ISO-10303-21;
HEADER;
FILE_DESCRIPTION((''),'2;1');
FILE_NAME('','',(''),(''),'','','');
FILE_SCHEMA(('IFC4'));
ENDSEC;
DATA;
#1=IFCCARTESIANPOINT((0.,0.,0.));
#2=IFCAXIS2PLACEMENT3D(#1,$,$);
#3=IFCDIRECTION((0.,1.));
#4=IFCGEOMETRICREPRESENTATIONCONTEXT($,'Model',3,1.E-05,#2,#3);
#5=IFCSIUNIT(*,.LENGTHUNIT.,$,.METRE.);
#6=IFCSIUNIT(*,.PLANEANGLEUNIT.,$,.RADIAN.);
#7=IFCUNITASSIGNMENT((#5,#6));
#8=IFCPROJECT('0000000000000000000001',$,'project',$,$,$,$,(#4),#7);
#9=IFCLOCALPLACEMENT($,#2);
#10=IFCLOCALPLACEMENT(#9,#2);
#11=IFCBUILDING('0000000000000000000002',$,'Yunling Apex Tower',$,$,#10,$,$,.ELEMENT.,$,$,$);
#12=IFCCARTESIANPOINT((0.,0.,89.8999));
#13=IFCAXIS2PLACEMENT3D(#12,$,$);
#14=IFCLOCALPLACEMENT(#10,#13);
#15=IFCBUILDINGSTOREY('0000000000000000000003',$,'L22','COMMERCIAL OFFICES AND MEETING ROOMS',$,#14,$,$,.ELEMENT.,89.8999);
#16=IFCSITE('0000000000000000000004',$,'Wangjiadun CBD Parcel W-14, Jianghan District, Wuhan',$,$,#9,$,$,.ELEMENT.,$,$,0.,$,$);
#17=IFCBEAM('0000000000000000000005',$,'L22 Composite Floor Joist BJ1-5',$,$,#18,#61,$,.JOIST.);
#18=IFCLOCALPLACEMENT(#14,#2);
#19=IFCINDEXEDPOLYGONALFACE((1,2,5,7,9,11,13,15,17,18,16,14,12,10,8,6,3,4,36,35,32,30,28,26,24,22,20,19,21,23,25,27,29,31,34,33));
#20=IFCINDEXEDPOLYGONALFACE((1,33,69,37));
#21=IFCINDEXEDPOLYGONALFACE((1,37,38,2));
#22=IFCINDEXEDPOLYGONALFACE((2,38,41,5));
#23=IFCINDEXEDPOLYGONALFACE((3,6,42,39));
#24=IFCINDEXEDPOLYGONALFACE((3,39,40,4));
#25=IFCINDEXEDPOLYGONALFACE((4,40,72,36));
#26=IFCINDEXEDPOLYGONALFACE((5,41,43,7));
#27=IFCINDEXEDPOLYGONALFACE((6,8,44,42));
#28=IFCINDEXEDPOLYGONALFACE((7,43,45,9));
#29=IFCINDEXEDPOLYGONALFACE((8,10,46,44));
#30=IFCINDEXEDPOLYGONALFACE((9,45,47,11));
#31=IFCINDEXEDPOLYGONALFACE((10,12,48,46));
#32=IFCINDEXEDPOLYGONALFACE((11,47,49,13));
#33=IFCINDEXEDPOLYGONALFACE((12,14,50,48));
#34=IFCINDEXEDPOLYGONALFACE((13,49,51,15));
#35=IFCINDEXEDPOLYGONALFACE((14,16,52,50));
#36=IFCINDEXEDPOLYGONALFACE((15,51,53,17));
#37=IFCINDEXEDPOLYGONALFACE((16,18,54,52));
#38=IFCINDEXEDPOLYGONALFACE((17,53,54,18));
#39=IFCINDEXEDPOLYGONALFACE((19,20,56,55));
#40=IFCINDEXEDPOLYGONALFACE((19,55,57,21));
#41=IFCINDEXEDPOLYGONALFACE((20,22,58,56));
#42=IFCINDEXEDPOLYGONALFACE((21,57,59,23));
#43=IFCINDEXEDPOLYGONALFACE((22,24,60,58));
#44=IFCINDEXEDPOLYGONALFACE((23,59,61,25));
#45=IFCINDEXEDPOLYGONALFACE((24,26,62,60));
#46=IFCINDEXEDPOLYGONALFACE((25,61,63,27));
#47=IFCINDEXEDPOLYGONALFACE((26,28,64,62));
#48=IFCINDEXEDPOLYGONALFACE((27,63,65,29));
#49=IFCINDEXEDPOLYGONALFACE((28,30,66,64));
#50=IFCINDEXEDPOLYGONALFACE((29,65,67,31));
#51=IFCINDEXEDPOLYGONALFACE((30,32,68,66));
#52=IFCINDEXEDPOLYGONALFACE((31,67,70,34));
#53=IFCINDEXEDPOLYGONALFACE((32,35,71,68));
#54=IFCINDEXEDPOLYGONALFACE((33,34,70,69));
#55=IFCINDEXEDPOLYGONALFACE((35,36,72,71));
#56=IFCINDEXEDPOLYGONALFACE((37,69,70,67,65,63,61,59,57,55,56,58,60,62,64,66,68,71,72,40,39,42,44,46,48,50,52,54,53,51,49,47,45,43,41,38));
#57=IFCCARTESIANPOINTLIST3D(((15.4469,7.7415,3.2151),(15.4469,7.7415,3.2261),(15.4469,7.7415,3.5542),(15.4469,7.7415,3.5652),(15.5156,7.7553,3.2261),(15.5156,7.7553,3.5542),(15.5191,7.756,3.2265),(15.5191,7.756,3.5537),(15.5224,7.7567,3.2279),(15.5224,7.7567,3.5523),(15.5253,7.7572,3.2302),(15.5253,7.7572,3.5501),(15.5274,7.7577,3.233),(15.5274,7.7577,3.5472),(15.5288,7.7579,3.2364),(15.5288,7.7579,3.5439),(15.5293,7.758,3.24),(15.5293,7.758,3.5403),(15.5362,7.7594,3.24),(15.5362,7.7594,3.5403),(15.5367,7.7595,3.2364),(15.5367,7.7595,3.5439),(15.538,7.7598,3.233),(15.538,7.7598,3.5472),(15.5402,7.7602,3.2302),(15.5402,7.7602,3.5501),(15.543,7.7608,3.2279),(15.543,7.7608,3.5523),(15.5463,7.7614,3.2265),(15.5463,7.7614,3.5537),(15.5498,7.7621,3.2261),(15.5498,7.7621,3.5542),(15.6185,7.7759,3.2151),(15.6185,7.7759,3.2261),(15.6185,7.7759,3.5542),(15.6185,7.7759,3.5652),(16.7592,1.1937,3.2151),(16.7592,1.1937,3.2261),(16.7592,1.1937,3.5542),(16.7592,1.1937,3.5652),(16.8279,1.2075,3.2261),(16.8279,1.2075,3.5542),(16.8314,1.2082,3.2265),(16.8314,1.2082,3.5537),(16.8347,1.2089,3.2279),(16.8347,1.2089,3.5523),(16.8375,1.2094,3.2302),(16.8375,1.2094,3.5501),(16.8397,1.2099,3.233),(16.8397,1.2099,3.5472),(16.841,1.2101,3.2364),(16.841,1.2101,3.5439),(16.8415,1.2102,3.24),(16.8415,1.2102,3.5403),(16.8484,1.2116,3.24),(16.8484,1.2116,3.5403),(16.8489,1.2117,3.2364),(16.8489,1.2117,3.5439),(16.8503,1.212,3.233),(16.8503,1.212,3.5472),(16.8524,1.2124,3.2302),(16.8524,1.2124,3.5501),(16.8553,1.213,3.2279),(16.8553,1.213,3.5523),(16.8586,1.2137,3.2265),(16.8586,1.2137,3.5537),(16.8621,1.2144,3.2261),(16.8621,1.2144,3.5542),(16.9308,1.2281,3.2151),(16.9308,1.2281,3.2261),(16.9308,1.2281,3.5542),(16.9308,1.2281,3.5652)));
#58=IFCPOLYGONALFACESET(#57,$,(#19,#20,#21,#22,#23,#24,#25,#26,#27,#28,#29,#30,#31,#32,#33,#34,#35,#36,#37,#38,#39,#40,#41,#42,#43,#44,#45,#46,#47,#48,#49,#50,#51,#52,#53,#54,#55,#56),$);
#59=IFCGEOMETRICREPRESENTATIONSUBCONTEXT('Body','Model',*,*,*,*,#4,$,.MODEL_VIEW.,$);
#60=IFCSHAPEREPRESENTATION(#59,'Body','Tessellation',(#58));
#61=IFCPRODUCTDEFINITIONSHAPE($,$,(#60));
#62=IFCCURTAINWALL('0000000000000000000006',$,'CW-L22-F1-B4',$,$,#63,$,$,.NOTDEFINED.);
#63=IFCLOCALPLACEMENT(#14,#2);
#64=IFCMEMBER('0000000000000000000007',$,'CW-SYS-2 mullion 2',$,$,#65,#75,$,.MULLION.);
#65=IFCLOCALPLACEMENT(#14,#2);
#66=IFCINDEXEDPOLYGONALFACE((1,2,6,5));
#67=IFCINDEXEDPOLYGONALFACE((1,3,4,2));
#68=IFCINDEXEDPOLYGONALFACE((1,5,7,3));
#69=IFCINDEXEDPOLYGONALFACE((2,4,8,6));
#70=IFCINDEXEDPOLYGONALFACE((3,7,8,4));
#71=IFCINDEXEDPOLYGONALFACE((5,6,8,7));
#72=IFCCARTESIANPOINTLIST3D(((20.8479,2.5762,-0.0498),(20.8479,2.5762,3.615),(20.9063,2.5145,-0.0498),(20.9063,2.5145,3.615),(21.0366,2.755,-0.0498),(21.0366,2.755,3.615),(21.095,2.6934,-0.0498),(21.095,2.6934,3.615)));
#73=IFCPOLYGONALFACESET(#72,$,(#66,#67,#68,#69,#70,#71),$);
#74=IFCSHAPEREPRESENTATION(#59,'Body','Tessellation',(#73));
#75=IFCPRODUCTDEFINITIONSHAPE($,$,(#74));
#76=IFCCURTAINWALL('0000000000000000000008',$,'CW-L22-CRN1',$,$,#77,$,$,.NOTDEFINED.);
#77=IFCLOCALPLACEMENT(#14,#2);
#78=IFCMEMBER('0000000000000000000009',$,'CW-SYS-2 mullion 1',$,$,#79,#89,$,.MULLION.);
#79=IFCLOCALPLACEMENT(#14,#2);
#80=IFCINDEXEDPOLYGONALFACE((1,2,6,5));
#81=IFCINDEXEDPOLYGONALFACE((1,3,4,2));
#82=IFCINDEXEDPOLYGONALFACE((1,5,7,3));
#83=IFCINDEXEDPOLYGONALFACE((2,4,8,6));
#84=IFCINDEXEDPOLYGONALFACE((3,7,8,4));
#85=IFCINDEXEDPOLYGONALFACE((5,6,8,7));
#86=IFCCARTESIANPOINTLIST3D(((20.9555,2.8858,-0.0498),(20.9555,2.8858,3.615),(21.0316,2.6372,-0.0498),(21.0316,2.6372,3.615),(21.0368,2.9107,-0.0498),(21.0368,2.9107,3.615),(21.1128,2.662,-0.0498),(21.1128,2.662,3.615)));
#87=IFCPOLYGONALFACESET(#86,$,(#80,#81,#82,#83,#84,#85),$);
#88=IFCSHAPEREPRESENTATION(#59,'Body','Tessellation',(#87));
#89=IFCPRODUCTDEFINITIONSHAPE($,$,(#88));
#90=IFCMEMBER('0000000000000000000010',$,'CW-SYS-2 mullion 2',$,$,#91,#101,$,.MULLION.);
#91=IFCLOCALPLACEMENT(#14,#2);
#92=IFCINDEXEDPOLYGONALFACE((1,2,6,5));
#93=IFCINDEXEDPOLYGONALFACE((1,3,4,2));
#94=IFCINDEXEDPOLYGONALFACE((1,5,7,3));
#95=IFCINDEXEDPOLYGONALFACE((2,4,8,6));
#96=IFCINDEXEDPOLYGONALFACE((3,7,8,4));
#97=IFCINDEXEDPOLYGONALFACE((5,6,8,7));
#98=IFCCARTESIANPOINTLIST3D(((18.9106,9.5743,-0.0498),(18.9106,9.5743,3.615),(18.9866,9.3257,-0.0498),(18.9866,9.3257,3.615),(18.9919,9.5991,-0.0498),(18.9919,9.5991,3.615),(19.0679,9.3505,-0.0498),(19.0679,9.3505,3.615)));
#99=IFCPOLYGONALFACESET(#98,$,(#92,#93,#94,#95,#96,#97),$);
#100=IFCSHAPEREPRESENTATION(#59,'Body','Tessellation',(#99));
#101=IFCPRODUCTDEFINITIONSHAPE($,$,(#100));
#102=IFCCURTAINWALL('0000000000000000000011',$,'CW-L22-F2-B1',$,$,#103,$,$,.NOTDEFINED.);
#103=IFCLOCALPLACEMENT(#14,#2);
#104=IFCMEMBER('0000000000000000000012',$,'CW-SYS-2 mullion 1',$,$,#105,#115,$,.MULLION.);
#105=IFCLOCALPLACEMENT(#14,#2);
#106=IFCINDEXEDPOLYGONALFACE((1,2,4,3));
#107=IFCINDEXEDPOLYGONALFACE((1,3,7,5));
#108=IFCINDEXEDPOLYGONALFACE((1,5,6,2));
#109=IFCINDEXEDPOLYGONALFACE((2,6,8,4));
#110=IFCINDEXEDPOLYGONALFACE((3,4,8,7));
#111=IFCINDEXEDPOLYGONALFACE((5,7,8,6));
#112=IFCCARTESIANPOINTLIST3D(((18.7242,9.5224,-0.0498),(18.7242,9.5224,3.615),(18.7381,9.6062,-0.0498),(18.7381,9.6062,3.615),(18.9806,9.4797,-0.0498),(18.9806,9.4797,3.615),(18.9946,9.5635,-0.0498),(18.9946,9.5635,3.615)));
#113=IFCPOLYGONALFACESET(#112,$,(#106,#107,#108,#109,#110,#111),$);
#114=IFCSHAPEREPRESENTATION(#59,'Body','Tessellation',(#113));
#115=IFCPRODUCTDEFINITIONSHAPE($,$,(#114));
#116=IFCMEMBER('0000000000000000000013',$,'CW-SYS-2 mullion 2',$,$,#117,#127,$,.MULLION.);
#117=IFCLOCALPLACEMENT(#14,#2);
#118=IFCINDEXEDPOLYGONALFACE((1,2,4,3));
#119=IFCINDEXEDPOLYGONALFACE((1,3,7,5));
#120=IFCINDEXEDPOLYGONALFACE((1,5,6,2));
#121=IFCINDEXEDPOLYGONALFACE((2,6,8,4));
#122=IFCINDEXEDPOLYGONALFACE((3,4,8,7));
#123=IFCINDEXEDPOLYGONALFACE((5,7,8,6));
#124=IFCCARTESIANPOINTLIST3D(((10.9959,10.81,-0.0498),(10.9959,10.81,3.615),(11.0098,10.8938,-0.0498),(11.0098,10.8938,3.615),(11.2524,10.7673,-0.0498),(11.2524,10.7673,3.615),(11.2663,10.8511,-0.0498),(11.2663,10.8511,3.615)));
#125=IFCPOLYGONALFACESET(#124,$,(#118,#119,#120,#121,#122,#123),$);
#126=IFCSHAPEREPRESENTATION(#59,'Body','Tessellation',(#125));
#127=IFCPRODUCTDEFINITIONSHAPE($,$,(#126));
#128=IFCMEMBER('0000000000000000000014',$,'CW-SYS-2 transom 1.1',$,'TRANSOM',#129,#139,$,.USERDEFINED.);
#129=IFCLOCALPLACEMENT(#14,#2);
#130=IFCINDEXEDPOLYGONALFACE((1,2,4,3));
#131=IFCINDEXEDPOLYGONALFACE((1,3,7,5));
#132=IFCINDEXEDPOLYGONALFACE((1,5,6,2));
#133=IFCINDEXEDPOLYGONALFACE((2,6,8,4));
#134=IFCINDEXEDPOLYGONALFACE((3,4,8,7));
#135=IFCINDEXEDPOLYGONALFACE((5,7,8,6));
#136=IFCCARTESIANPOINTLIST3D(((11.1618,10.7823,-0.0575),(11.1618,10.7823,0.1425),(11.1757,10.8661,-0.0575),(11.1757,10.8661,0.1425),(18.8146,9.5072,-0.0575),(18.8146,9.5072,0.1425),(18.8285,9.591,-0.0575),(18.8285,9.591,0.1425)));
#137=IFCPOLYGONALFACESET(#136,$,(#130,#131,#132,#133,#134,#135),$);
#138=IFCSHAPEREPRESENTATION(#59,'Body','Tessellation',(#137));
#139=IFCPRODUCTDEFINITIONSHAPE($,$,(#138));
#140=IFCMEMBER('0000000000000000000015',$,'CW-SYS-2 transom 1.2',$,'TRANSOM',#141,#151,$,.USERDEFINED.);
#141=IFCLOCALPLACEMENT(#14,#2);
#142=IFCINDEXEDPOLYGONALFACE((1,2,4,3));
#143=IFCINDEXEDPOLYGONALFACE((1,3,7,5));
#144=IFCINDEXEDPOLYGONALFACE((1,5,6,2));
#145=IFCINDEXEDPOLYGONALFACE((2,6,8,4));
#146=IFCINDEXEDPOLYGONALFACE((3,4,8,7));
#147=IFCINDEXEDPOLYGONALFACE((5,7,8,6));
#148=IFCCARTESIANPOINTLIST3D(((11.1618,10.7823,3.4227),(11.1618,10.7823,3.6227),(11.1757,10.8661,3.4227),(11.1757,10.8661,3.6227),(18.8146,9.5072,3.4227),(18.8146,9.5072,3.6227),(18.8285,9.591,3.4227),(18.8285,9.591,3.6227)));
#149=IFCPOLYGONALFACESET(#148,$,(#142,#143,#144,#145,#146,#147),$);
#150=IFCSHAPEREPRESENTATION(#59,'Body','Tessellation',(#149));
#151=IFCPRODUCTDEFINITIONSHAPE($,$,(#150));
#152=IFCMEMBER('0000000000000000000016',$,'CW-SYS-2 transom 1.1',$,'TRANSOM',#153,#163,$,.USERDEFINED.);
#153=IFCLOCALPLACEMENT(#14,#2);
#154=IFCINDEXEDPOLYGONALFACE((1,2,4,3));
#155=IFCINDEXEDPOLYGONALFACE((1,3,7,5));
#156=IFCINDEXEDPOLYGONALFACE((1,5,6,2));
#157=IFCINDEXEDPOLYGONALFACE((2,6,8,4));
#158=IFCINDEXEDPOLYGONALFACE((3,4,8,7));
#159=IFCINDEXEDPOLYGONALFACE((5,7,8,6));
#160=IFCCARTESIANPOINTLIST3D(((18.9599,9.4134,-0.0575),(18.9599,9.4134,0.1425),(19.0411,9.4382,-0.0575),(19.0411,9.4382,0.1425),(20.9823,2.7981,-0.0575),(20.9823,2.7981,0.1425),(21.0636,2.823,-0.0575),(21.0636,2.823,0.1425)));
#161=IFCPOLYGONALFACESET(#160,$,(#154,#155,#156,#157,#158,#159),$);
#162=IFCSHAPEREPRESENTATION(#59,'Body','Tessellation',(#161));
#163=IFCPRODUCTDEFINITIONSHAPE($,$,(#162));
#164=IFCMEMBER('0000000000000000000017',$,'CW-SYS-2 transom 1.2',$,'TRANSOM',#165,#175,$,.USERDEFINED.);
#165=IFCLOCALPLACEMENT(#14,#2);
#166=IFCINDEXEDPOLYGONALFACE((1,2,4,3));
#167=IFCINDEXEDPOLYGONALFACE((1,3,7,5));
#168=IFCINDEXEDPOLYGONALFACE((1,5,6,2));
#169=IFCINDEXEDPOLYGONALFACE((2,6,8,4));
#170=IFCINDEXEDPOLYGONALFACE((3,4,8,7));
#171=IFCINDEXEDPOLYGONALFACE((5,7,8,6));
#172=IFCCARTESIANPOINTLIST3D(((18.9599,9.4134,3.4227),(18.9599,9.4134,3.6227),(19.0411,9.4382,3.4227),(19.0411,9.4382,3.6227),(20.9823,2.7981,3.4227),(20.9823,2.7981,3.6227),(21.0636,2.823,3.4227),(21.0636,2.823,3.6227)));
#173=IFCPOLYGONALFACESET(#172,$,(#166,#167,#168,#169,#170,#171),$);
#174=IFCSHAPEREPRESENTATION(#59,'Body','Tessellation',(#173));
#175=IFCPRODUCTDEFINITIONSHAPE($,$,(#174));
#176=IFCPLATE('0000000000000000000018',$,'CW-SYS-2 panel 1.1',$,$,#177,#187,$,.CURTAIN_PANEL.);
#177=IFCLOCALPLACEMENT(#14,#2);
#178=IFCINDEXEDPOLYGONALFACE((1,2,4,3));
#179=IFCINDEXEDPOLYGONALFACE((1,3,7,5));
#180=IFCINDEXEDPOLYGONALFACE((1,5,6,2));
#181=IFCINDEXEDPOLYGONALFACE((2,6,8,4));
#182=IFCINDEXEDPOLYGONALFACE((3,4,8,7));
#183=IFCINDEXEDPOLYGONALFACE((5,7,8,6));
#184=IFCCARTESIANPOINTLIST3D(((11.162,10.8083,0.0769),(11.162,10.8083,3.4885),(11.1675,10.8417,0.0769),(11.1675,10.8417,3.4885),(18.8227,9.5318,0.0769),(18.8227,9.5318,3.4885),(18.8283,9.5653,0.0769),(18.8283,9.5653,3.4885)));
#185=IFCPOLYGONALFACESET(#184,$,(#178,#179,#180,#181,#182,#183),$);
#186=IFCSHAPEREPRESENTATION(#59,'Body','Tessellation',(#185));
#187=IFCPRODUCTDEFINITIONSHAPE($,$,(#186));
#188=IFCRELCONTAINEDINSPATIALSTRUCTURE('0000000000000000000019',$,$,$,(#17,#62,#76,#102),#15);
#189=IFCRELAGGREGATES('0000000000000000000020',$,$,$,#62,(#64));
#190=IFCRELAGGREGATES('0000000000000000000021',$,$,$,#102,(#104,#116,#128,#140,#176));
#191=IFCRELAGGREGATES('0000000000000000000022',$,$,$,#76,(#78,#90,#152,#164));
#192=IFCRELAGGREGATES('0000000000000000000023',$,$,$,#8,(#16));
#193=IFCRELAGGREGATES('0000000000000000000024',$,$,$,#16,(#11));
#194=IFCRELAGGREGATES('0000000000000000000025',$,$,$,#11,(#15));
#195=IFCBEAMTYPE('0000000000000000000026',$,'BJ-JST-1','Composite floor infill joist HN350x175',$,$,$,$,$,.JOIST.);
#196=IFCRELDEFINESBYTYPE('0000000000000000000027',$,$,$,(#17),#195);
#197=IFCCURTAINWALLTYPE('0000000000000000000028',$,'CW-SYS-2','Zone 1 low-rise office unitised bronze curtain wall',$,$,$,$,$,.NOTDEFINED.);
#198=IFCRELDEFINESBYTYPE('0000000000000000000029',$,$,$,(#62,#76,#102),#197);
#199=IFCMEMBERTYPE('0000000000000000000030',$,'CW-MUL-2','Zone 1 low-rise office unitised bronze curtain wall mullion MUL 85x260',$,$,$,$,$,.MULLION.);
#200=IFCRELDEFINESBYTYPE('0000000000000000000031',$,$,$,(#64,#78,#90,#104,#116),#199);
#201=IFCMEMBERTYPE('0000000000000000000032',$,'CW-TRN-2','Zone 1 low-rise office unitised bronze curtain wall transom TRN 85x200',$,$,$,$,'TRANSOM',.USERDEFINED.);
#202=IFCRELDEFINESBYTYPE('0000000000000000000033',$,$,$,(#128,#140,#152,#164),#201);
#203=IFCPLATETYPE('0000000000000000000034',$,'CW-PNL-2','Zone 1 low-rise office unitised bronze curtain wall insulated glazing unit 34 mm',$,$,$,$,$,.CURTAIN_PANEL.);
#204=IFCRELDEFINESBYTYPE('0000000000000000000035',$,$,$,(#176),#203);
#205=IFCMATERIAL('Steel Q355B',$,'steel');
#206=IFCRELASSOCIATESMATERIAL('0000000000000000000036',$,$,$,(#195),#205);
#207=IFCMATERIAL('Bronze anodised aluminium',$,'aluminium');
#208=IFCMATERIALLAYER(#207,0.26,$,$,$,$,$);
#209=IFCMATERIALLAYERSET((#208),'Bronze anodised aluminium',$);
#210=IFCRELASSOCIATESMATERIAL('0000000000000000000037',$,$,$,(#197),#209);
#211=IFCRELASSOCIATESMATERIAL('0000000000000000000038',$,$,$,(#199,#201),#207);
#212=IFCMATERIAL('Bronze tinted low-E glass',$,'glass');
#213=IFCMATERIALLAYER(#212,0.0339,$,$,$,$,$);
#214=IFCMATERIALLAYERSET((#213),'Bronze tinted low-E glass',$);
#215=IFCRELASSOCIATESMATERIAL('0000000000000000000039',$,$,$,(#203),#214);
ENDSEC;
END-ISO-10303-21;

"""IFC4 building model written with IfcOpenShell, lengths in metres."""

from ifc_helpers import new_model, si_unit, direction, frame, origin, origin_2d, place, context, subcontext, project, spatial, rectangle, i_section, extrude, source, transform, mapped, material, layer, layer_set, material_profile, profile_set, type_object, element, aggregate, save


model = new_model("IFC4")

# Units and contexts
model_context = context("Model", 3, precision=1e-05, world=origin(), true_north=direction((0.0, 1.0)))
body_context = subcontext(model_context, "Body", "Model", "MODEL_VIEW")
ifc_project = project(units=[si_unit("LENGTHUNIT", "METRE"), si_unit("PLANEANGLEUNIT", "RADIAN")], contexts=[model_context])

# Site, building, storey
site_placement = place(None, origin())
site = spatial("IfcSite", under=ifc_project, at=site_placement, Name="Wangjiadun CBD Parcel W-14, Jianghan District, Wuhan", CompositionType="ELEMENT", RefElevation=0.0)
building_placement = place(site_placement, origin())
building = spatial("IfcBuilding", under=site, at=building_placement, Name="Yunling Apex Tower", CompositionType="ELEMENT")
storey_placement = place(building_placement, frame((0.0, 0.0, 89.8999)))
storey = spatial("IfcBuildingStorey", under=building, at=storey_placement, Name="L22", Description="COMMERCIAL OFFICES AND MEETING ROOMS", CompositionType="ELEMENT", Elevation=89.8999)

# Beam
ifc_material_1 = material(Name="Steel Q355B", Category="steel")
ifc_material_profile_1 = material_profile(ifc_material_1, i_section(OverallWidth=0.175, OverallDepth=0.3501, WebThickness=0.0071, FlangeThickness=0.011, FilletRadius=0.0139, at=origin_2d()))
ifc_profile_set_1 = profile_set([ifc_material_profile_1], Name="Steel Q355B")
beam_type_1 = type_object("IfcBeamType", Name="BJ-JST-1", Description="Composite floor infill joist HN350x175", PredefinedType="JOIST", material=ifc_profile_set_1)
shared_shape_1 = source(origin(), body_context, "Body", "SweptSolid", [
    extrude(i_section(OverallWidth=0.175, OverallDepth=0.3501, WebThickness=0.0071, FlangeThickness=0.011, FilletRadius=0.0139, at=origin_2d()), origin(), (0.0, 0.0, 1.0), 6.678),
])
beam_1_placement = place(storey_placement, frame((16.845, 1.2109, 3.3901), z_axis=(-0.196503, 0.980503, 0.0), x_axis=(-0.980503, -0.196503, 0.0)))
element("IfcBeam", 1, at=beam_1_placement, inside=storey, type_object=beam_type_1, Name="L22 Composite Floor Joist BJ1-5", PredefinedType="JOIST", context=body_context, shape_type="MappedRepresentation", body=[
    mapped(shared_shape_1, transform((0.0, 0.0, 0.0), scale=1.0)),
])

# Curtain wall, member
ifc_material_2 = material(Name="Bronze anodised aluminium", Category="aluminium")
ifc_layer_1 = layer(ifc_material_2, 0.26)
ifc_layer_set_1 = layer_set([ifc_layer_1], Name="Bronze anodised aluminium")
curtain_wall_type = type_object("IfcCurtainWallType", Name="CW-SYS-2", Description="Zone 1 low-rise office unitised bronze curtain wall", PredefinedType="NOTDEFINED", material=ifc_layer_set_1)
curtain_wall_1_placement = place(storey_placement, origin())
curtain_wall_1 = element("IfcCurtainWall", 2, at=curtain_wall_1_placement, inside=storey, type_object=curtain_wall_type, Name="CW-L22-F1-B4", PredefinedType="NOTDEFINED")
ifc_material_profile_2 = material_profile(ifc_material_2, rectangle(XDim=0.085, YDim=0.26, at=origin_2d()))
ifc_profile_set_2 = profile_set([ifc_material_profile_2], Name="Bronze anodised aluminium")
member_type_1 = type_object("IfcMemberType", Name="CW-MUL-2", Description="Zone 1 low-rise office unitised bronze curtain wall mullion MUL 85x260", PredefinedType="MULLION", material=ifc_profile_set_2)
shared_shape_2 = source(origin(), body_context, "Body", "SweptSolid", [
    extrude(rectangle(XDim=0.085, YDim=0.26, at=origin_2d()), origin(), (0.0, 0.0, 1.0), 3.6648),
])
member_1_placement = place(storey_placement, frame((20.9714, 2.6348, -0.0498), z_axis=(0.0, 0.0, 1.0), x_axis=(-0.687861, 0.725842, 0.0)))
member_1 = element("IfcMember", 3, at=member_1_placement, type_object=member_type_1, Name="CW-SYS-2 mullion 2", PredefinedType="MULLION", context=body_context, shape_type="MappedRepresentation", body=[
    mapped(shared_shape_2, transform((0.0, 0.0, 0.0), scale=1.0)),
])
aggregate(curtain_wall_1, [member_1])

# Curtain walls, members
curtain_wall_2_placement = place(storey_placement, origin())
curtain_wall_2 = element("IfcCurtainWall", 4, at=curtain_wall_2_placement, inside=storey, type_object=curtain_wall_type, Name="CW-L22-CRN1", PredefinedType="NOTDEFINED")
member_2_placement = place(storey_placement, frame((21.0342, 2.7739, -0.0498), z_axis=(0.0, 0.0, 1.0), x_axis=(-0.956304, -0.292375, 0.0)))
member_2 = element("IfcMember", 5, at=member_2_placement, type_object=member_type_1, Name="CW-SYS-2 mullion 1", PredefinedType="MULLION", context=body_context, shape_type="MappedRepresentation", body=[
    mapped(shared_shape_2, transform((0.0, 0.0, 0.0), scale=1.0)),
])
member_3_placement = place(storey_placement, frame((18.9893, 9.4624, -0.0498), z_axis=(0.0, 0.0, 1.0), x_axis=(-0.956304, -0.292375, 0.0)))
member_3 = element("IfcMember", 6, at=member_3_placement, type_object=member_type_1, Name="CW-SYS-2 mullion 2", PredefinedType="MULLION", context=body_context, shape_type="MappedRepresentation", body=[
    mapped(shared_shape_2, transform((0.0, 0.0, 0.0), scale=1.0)),
])
curtain_wall_3_placement = place(storey_placement, origin())
curtain_wall_3 = element("IfcCurtainWall", 7, at=curtain_wall_3_placement, inside=storey, type_object=curtain_wall_type, Name="CW-L22-F2-B1", PredefinedType="NOTDEFINED")
member_4_placement = place(storey_placement, frame((18.8594, 9.543, -0.0498), z_axis=(0.0, 0.0, 1.0), x_axis=(-0.16436, -0.9864, 0.0)))
member_4 = element("IfcMember", 8, at=member_4_placement, type_object=member_type_1, Name="CW-SYS-2 mullion 1", PredefinedType="MULLION", context=body_context, shape_type="MappedRepresentation", body=[
    mapped(shared_shape_2, transform((0.0, 0.0, 0.0), scale=1.0)),
])
member_5_placement = place(storey_placement, frame((11.1311, 10.8306, -0.0498), z_axis=(0.0, 0.0, 1.0), x_axis=(-0.16436, -0.9864, 0.0)))
member_5 = element("IfcMember", 9, at=member_5_placement, type_object=member_type_1, Name="CW-SYS-2 mullion 2", PredefinedType="MULLION", context=body_context, shape_type="MappedRepresentation", body=[
    mapped(shared_shape_2, transform((0.0, 0.0, 0.0), scale=1.0)),
])
ifc_material_profile_3 = material_profile(ifc_material_2, rectangle(XDim=0.085, YDim=0.2, at=origin_2d()))
ifc_profile_set_3 = profile_set([ifc_material_profile_3], Name="Bronze anodised aluminium")
member_type_2 = type_object("IfcMemberType", Name="CW-TRN-2", Description="Zone 1 low-rise office unitised bronze curtain wall transom TRN 85x200", ElementType="TRANSOM", PredefinedType="USERDEFINED", material=ifc_profile_set_3)
shared_shape_3 = source(origin(), body_context, "Body", "SweptSolid", [
    extrude(rectangle(XDim=0.085, YDim=0.2, at=origin_2d()), origin(), (0.0, 0.0, 1.0), 7.7583),
])
member_6_placement = place(storey_placement, frame((18.8215, 9.5491, 0.0425), z_axis=(-0.986401, 0.164358, 0.0), x_axis=(-0.164358, -0.986401, 0.0)))
member_6 = element("IfcMember", 10, at=member_6_placement, type_object=member_type_2, Name="CW-SYS-2 transom 1.1", ObjectType="TRANSOM", PredefinedType="USERDEFINED", context=body_context, shape_type="MappedRepresentation", body=[
    mapped(shared_shape_3, transform((0.0, 0.0, 0.0), scale=1.0)),
])
member_7_placement = place(storey_placement, frame((18.8215, 9.5491, 3.5227), z_axis=(-0.986401, 0.164358, 0.0), x_axis=(-0.164358, -0.986401, 0.0)))
member_7 = element("IfcMember", 11, at=member_7_placement, type_object=member_type_2, Name="CW-SYS-2 transom 1.2", ObjectType="TRANSOM", PredefinedType="USERDEFINED", context=body_context, shape_type="MappedRepresentation", body=[
    mapped(shared_shape_3, transform((0.0, 0.0, 0.0), scale=1.0)),
])

# Members
shared_shape_4 = source(origin(), body_context, "Body", "SweptSolid", [
    extrude(rectangle(XDim=0.085, YDim=0.2, at=origin_2d()), origin(), (0.0, 0.0, 1.0), 6.9175),
])
member_8_placement = place(storey_placement, frame((21.0229, 2.8105, 0.0425), z_axis=(-0.292369, 0.956306, 0.0), x_axis=(-0.956306, -0.292369, 0.0)))
member_8 = element("IfcMember", 12, at=member_8_placement, type_object=member_type_2, Name="CW-SYS-2 transom 1.1", ObjectType="TRANSOM", PredefinedType="USERDEFINED", context=body_context, shape_type="MappedRepresentation", body=[
    mapped(shared_shape_4, transform((0.0, 0.0, 0.0), scale=1.0)),
])
member_9_placement = place(storey_placement, frame((21.0229, 2.8105, 3.5227), z_axis=(-0.292369, 0.956306, 0.0), x_axis=(-0.956306, -0.292369, 0.0)))
member_9 = element("IfcMember", 13, at=member_9_placement, type_object=member_type_2, Name="CW-SYS-2 transom 1.2", ObjectType="TRANSOM", PredefinedType="USERDEFINED", context=body_context, shape_type="MappedRepresentation", body=[
    mapped(shared_shape_4, transform((0.0, 0.0, 0.0), scale=1.0)),
])

# Plate
ifc_material_3 = material(Name="Bronze tinted low-E glass", Category="glass")
ifc_layer_2 = layer(ifc_material_3, 0.0339)
ifc_layer_set_2 = layer_set([ifc_layer_2], Name="Bronze tinted low-E glass")
plate_type = type_object("IfcPlateType", Name="CW-PNL-2", Description="Zone 1 low-rise office unitised bronze curtain wall insulated glazing unit 34 mm", PredefinedType="CURTAIN_PANEL", material=ifc_layer_set_2)
shared_shape_5 = source(origin(), body_context, "Body", "SweptSolid", [
    extrude(rectangle(XDim=7.7664, YDim=0.0339, at=origin_2d()), origin(), (0.0, 0.0, 1.0), 3.4116),
])
plate_1_placement = place(storey_placement, frame((14.9951, 10.1868, 0.0769), z_axis=(0.0, 0.0, 1.0), x_axis=(-0.9864, 0.16436, 0.0)))
plate_1 = element("IfcPlate", 14, at=plate_1_placement, type_object=plate_type, Name="CW-SYS-2 panel 1.1", PredefinedType="CURTAIN_PANEL", context=body_context, shape_type="MappedRepresentation", body=[
    mapped(shared_shape_5, transform((0.0, 0.0, 0.0), scale=1.0)),
])
aggregate(curtain_wall_3, [member_4, member_5, member_6, member_7, plate_1])
aggregate(curtain_wall_2, [member_2, member_3, member_8, member_9])

save(model, "model.ifc")
